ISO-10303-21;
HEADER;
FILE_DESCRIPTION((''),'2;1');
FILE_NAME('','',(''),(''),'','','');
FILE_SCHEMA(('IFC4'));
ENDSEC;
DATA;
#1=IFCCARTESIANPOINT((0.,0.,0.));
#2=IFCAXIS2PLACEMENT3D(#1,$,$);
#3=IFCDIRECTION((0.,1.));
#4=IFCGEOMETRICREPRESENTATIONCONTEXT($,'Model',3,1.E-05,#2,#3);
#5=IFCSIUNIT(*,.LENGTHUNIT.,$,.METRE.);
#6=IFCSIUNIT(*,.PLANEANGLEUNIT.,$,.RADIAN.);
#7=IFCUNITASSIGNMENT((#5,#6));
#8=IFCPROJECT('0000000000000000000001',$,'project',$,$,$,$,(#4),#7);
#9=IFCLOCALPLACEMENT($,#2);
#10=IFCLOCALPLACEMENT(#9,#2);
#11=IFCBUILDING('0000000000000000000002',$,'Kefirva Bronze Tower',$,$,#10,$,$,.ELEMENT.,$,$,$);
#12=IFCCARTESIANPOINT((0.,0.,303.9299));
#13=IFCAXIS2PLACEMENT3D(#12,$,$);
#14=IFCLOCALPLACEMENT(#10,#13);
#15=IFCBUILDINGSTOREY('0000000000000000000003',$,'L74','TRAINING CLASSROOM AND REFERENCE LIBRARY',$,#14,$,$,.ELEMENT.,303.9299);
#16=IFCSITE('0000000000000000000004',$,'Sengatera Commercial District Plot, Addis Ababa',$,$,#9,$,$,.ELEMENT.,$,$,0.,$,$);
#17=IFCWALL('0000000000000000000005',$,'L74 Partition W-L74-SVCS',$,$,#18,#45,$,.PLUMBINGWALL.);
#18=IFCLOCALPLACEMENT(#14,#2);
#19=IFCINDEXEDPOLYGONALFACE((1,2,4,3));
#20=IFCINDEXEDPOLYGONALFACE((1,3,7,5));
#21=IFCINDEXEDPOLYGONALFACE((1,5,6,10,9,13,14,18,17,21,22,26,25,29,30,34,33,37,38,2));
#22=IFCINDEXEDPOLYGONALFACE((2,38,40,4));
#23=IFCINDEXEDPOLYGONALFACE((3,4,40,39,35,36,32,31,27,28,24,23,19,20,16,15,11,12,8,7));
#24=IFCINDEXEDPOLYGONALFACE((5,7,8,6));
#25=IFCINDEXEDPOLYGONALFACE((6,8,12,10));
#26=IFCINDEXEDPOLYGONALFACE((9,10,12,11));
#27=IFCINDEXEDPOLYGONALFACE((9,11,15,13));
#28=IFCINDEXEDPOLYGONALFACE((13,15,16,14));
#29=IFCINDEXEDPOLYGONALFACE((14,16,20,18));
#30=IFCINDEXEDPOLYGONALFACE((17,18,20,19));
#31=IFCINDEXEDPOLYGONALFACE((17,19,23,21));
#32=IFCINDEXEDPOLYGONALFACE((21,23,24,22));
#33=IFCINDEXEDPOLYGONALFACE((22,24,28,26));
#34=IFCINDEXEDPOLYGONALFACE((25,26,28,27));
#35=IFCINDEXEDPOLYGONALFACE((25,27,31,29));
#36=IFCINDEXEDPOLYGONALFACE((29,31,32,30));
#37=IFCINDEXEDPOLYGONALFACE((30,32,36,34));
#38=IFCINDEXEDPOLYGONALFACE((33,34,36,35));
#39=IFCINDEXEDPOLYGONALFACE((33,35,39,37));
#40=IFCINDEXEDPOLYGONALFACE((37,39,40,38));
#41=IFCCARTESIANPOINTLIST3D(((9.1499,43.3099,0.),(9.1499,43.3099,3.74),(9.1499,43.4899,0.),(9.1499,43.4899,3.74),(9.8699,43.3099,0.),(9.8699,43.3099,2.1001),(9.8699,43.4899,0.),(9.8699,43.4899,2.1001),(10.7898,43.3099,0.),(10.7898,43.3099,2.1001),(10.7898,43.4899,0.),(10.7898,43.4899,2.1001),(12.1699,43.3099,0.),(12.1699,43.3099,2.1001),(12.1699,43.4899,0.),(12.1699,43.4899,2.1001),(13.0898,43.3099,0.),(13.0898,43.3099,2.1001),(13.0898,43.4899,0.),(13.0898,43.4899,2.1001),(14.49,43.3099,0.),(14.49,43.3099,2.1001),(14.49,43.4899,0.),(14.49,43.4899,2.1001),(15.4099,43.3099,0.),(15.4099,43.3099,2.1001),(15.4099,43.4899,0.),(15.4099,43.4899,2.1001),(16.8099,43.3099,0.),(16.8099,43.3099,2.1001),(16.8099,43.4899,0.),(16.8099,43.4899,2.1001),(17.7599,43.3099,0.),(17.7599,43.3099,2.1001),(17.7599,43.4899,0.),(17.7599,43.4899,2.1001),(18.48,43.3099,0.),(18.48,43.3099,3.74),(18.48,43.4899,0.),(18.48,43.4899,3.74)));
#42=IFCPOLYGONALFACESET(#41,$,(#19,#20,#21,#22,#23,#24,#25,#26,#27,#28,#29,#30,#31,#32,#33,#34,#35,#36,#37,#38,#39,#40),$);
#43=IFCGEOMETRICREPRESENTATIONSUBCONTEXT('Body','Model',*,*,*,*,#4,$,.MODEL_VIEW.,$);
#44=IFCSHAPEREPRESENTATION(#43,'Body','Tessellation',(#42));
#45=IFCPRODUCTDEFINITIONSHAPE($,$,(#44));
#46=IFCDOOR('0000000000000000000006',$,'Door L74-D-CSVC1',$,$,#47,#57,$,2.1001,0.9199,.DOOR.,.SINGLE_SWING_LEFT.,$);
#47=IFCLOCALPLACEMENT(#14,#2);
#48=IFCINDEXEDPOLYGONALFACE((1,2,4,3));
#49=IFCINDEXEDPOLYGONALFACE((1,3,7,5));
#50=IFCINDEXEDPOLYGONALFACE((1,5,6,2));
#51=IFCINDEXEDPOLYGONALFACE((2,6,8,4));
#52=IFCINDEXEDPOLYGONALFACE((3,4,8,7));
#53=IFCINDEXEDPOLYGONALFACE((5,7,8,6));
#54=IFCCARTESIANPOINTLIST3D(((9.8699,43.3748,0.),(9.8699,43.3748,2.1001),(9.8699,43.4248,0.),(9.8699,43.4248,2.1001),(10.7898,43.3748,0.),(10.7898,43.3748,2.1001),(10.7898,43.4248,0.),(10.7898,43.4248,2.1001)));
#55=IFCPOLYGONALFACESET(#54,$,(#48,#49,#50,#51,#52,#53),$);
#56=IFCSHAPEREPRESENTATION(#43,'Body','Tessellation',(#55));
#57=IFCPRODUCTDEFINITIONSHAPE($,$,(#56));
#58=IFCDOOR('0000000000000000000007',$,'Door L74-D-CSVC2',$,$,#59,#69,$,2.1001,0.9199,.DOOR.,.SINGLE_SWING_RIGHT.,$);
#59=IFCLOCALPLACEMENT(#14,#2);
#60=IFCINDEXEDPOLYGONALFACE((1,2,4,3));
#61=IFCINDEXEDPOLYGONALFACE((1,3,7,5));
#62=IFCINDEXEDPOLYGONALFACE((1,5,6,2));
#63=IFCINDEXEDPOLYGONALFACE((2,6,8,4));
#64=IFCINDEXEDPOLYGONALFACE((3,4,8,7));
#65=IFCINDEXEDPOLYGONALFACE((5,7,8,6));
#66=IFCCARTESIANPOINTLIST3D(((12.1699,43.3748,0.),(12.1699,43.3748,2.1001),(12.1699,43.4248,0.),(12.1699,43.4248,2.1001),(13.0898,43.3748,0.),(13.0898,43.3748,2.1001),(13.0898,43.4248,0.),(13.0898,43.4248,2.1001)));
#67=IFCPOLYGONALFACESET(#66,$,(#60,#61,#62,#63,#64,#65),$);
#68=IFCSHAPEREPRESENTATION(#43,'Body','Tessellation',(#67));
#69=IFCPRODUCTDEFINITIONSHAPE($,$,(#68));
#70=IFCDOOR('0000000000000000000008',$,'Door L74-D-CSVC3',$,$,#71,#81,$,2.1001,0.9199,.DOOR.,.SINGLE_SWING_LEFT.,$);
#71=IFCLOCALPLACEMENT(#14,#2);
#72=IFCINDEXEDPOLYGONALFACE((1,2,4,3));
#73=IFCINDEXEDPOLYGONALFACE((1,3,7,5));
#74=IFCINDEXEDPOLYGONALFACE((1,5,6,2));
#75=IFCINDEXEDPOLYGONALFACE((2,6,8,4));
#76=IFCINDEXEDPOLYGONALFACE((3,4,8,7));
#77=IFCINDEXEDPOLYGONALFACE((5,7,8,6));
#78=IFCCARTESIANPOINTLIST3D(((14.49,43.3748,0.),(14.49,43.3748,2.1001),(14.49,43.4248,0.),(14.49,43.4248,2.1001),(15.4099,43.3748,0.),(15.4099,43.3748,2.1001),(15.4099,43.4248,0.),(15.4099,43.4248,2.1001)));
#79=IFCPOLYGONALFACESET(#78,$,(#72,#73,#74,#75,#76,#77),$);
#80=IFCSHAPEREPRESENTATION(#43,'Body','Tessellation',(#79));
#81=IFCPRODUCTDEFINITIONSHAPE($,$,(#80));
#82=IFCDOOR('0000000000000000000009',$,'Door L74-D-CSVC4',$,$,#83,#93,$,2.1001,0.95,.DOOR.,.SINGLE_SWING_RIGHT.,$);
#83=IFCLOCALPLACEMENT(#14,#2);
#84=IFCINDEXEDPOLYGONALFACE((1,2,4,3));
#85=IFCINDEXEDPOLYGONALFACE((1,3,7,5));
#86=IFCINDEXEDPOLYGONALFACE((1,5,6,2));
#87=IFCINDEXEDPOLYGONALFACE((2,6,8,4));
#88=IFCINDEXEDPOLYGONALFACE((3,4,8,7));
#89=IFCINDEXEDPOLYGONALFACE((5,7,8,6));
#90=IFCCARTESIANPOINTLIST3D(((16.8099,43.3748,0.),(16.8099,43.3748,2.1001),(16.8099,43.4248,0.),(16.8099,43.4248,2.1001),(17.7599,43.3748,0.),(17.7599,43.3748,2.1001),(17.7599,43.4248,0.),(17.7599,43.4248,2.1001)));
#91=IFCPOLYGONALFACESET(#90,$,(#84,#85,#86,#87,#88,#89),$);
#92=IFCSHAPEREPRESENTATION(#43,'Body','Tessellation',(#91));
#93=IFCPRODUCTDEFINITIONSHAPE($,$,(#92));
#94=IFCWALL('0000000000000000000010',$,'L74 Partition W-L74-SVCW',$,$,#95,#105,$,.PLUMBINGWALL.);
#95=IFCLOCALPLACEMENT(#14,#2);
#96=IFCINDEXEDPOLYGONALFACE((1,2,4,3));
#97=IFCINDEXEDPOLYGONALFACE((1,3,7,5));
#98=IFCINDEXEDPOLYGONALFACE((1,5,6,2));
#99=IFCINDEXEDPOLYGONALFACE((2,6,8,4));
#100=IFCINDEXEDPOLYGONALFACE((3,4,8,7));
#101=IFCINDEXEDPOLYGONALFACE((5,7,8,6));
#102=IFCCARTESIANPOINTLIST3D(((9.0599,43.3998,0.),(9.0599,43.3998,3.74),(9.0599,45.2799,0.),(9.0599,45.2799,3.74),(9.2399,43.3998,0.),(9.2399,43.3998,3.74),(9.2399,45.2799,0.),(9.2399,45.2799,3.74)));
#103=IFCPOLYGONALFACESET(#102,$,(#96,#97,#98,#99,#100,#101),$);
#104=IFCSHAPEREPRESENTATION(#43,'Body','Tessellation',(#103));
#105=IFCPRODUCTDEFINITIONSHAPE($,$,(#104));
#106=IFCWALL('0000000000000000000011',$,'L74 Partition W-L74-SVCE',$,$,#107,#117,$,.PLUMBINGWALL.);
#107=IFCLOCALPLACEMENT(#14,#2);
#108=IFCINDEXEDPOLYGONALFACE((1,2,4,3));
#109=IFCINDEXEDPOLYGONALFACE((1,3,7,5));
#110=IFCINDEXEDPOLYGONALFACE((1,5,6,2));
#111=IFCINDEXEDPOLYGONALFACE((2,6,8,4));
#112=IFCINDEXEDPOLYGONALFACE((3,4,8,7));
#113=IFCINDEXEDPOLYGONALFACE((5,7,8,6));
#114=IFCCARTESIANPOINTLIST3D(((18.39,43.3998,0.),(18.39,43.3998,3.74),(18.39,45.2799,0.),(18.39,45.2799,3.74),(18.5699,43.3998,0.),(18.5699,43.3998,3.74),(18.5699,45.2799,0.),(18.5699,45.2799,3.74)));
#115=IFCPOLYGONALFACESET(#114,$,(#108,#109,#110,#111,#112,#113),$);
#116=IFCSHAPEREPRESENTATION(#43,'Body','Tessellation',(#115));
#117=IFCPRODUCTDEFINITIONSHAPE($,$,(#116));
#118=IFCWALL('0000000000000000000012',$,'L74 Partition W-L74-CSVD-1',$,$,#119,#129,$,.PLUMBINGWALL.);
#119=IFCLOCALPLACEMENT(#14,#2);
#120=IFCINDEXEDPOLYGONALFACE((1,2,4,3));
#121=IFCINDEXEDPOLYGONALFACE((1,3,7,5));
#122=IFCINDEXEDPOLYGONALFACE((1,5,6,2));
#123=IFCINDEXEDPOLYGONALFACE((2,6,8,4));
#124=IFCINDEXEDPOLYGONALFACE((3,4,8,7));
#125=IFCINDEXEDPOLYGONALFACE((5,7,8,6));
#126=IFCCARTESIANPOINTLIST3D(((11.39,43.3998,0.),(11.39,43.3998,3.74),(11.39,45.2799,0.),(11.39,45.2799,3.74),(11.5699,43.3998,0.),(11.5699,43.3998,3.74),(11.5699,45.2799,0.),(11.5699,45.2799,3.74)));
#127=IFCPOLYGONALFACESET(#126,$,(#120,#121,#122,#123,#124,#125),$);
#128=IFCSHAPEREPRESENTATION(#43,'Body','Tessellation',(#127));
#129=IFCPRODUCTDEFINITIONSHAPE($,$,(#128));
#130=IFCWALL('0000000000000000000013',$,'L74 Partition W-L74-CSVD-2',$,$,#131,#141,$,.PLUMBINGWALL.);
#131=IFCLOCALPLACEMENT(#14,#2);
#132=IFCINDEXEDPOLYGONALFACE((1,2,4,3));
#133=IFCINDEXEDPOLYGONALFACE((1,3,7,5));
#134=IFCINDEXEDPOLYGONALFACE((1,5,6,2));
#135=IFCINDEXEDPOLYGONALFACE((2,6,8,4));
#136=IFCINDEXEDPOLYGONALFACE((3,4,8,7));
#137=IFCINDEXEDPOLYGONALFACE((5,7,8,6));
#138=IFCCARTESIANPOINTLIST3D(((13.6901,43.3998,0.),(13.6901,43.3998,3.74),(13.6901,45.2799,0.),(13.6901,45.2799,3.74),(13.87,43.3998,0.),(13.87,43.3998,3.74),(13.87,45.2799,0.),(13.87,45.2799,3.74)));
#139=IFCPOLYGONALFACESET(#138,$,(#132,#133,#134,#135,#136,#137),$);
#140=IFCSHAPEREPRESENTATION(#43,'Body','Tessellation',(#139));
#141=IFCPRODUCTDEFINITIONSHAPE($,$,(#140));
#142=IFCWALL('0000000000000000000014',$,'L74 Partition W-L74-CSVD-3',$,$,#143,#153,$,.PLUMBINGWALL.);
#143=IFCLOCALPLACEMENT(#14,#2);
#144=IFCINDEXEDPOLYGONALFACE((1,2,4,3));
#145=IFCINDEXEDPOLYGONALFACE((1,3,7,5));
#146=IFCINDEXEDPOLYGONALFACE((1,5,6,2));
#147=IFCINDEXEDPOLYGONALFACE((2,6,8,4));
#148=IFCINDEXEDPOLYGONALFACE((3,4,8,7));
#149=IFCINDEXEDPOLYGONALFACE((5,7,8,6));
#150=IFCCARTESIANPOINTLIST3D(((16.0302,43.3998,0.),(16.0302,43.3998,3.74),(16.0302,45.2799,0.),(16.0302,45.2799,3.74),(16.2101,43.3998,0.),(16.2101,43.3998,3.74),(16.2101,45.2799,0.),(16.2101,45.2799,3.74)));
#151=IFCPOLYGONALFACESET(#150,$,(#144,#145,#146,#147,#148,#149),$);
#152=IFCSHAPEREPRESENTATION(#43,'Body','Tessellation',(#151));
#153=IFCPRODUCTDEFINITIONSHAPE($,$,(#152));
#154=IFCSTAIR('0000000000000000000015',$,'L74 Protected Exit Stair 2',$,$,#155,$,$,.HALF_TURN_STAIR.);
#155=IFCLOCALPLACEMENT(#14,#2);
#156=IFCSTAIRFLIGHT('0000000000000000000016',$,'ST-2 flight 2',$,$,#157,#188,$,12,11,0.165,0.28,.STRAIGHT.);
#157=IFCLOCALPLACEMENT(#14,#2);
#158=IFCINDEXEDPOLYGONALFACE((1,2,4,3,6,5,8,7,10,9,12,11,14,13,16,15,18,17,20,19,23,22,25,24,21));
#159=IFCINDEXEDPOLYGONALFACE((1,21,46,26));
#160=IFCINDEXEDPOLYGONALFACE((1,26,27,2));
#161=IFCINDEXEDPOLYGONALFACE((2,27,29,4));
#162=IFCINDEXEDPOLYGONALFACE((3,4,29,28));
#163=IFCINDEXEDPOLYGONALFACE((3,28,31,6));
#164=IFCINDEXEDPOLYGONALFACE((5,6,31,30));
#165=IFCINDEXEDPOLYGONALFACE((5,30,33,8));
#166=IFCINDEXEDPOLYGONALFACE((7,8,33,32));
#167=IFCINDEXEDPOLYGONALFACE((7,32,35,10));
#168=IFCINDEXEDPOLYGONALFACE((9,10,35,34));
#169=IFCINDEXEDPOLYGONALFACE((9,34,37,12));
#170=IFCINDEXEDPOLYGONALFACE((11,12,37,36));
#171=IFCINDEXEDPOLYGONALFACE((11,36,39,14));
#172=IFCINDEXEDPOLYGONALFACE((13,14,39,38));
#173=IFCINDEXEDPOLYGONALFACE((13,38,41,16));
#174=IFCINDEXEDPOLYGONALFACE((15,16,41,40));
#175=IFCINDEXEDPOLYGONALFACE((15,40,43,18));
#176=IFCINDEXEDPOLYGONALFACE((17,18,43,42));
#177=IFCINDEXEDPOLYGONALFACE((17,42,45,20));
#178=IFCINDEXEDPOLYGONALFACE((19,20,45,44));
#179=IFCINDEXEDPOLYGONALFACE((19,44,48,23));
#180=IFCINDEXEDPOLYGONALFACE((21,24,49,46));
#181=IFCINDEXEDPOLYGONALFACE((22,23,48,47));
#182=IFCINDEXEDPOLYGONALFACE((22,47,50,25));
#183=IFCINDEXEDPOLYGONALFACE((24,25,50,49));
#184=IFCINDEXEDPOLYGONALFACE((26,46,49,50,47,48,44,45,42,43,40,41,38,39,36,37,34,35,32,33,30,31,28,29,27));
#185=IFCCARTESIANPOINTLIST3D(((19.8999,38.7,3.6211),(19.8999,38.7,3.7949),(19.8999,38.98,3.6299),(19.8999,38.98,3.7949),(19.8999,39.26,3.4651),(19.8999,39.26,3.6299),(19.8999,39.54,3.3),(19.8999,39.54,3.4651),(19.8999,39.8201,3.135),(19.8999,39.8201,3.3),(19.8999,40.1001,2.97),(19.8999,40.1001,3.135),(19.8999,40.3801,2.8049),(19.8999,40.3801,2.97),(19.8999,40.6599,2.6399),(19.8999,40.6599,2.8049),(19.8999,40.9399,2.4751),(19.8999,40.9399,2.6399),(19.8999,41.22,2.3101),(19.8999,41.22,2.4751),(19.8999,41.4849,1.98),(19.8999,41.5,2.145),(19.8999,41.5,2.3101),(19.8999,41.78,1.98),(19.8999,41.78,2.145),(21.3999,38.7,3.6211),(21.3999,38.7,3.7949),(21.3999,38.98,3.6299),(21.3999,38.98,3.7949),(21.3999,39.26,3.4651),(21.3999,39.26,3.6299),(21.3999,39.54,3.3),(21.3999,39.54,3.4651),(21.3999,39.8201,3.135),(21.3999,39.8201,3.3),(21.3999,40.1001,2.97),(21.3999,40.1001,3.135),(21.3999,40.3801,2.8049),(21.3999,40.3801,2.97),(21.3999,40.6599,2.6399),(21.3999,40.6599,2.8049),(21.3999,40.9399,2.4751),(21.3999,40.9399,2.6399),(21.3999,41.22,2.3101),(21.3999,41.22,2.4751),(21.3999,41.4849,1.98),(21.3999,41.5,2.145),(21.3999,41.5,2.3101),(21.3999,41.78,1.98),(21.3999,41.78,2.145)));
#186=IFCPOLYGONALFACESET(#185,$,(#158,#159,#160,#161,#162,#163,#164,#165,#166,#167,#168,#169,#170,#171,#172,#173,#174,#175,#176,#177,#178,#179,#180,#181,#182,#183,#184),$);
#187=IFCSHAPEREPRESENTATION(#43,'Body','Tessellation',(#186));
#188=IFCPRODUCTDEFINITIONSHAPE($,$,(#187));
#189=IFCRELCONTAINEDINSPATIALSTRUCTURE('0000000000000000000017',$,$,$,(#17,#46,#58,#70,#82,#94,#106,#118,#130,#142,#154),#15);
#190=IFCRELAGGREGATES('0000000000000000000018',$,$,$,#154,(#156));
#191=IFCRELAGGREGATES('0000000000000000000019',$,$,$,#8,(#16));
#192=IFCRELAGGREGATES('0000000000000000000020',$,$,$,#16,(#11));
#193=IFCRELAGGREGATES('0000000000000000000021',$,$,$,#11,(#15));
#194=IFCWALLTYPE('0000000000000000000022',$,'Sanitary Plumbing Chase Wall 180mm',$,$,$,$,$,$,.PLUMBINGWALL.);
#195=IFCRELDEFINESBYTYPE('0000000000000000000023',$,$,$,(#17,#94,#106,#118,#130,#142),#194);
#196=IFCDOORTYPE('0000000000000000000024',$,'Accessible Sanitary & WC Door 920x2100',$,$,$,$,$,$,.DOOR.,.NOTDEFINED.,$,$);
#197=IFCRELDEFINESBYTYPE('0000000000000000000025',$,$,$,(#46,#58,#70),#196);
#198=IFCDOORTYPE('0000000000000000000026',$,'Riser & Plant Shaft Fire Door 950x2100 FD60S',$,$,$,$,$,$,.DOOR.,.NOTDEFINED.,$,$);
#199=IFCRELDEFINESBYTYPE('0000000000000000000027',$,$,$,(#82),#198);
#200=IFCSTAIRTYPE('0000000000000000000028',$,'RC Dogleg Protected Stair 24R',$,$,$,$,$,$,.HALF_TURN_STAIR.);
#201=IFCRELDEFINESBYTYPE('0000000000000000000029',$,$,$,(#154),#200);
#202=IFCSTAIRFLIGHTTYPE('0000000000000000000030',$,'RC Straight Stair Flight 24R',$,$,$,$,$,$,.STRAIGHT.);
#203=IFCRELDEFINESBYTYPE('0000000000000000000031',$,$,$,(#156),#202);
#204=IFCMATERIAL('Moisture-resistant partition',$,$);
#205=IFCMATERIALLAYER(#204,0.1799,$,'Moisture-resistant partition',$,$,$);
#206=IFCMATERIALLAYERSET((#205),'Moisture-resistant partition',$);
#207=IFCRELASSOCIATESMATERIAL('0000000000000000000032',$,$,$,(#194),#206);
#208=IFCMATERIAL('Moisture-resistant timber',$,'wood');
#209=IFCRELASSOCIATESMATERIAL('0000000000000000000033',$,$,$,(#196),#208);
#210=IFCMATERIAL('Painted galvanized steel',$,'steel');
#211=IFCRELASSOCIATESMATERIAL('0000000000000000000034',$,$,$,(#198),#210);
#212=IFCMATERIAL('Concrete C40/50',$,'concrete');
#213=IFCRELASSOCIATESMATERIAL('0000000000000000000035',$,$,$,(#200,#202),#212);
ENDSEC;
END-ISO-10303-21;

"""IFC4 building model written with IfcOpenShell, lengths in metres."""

from ifc_helpers import new_model, si_unit, direction, frame, frame_2d, origin, place, context, subcontext, project, spatial, polyline, rectangle, outline, extrude, material, layer, layer_set, type_object, element, fill, aggregate, save


model = new_model("IFC4")

# Units and contexts
model_context = context("Model", 3, precision=1e-05, world=origin(), true_north=direction((0.0, 1.0)))
body_context = subcontext(model_context, "Body", "Model", "MODEL_VIEW")
ifc_project = project(units=[si_unit("LENGTHUNIT", "METRE"), si_unit("PLANEANGLEUNIT", "RADIAN")], contexts=[model_context])

# Site, building, storey
site_placement = place(None, origin())
site = spatial("IfcSite", under=ifc_project, at=site_placement, Name="Sengatera Commercial District Plot, Addis Ababa", CompositionType="ELEMENT", RefElevation=0.0)
building_placement = place(site_placement, origin())
building = spatial("IfcBuilding", under=site, at=building_placement, Name="Kefirva Bronze Tower", CompositionType="ELEMENT")
storey_placement = place(building_placement, frame((0.0, 0.0, 303.9299)))
storey = spatial("IfcBuildingStorey", under=building, at=storey_placement, Name="L74", Description="TRAINING CLASSROOM AND REFERENCE LIBRARY", CompositionType="ELEMENT", Elevation=303.9299)

# Wall, openings, doors
ifc_material_1 = material(Name="Moisture-resistant partition")
ifc_layer_1 = layer(ifc_material_1, 0.1799, Name="Moisture-resistant partition")
ifc_layer_set_1 = layer_set([ifc_layer_1], Name="Moisture-resistant partition")
wall_type_1 = type_object("IfcWallType", Name="Sanitary Plumbing Chase Wall 180mm", PredefinedType="PLUMBINGWALL", material=ifc_layer_set_1)
wall_1_placement = place(storey_placement, frame((9.1499, 43.3999, 0.0), z_axis=(0.0, 0.0, 1.0), x_axis=(1.0, 0.0, 0.0)))
wall_1 = element("IfcWall", 1, at=wall_1_placement, inside=storey, type_object=wall_type_1, Name="L74 Partition W-L74-SVCS", PredefinedType="PLUMBINGWALL", context=body_context, shape_type="SweptSolid", body=[
    extrude(rectangle(XDim=9.3301, YDim=0.1799, at=frame_2d((4.665, 0.0))), origin(), (0.0, 0.0, 1.0), 3.74),
])
opening_1_placement = place(wall_1_placement, frame((0.72, 0.0, 0.0)))
opening_1 = element("IfcOpeningElement", 2, at=opening_1_placement, cuts=wall_1, PredefinedType="OPENING", context=body_context, shape_type="SweptSolid", body=[
    extrude(rectangle(XDim=0.9199, YDim=2.1001, at=frame_2d((0.46, 1.05))), frame((0.0, 0.1001, 0.0), z_axis=(0.0, -1.0, 0.0), x_axis=(1.0, 0.0, 0.0)), (0.0, 0.0, 1.0), 0.2),
])
opening_2_placement = place(wall_1_placement, frame((3.02, 0.0, 0.0)))
opening_2 = element("IfcOpeningElement", 3, at=opening_2_placement, cuts=wall_1, PredefinedType="OPENING", context=body_context, shape_type="SweptSolid", body=[
    extrude(rectangle(XDim=0.9199, YDim=2.1001, at=frame_2d((0.46, 1.05))), frame((0.0, 0.1001, 0.0), z_axis=(0.0, -1.0, 0.0), x_axis=(1.0, 0.0, 0.0)), (0.0, 0.0, 1.0), 0.2),
])
opening_3_placement = place(wall_1_placement, frame((5.3401, 0.0, 0.0)))
opening_3 = element("IfcOpeningElement", 4, at=opening_3_placement, cuts=wall_1, PredefinedType="OPENING", context=body_context, shape_type="SweptSolid", body=[
    extrude(rectangle(XDim=0.9199, YDim=2.1001, at=frame_2d((0.46, 1.05))), frame((0.0, 0.1001, 0.0), z_axis=(0.0, -1.0, 0.0), x_axis=(1.0, 0.0, 0.0)), (0.0, 0.0, 1.0), 0.2),
])
opening_4_placement = place(wall_1_placement, frame((7.6599, 0.0, 0.0)))
opening_4 = element("IfcOpeningElement", 5, at=opening_4_placement, cuts=wall_1, PredefinedType="OPENING", context=body_context, shape_type="SweptSolid", body=[
    extrude(rectangle(XDim=0.95, YDim=2.1001, at=frame_2d((0.4751, 1.05))), frame((0.0, 0.1001, 0.0), z_axis=(0.0, -1.0, 0.0), x_axis=(1.0, 0.0, 0.0)), (0.0, 0.0, 1.0), 0.2),
])
ifc_material_2 = material(Name="Moisture-resistant timber", Category="wood")
door_type_1 = type_object("IfcDoorType", Name="Accessible Sanitary & WC Door 920x2100", OperationType="NOTDEFINED", PredefinedType="DOOR", material=ifc_material_2)
door_1_placement = place(opening_1_placement, origin())
door_1 = element("IfcDoor", 6, at=door_1_placement, inside=storey, type_object=door_type_1, Name="Door L74-D-CSVC1", OperationType="SINGLE_SWING_LEFT", OverallHeight=2.1001, OverallWidth=0.9199, PredefinedType="DOOR", context=body_context, shape_type="SweptSolid", body=[
    extrude(rectangle(XDim=0.9199, YDim=2.1001, at=frame_2d((0.46, 1.05))), frame((0.0, 0.0249, 0.0), z_axis=(0.0, -1.0, 0.0), x_axis=(1.0, 0.0, 0.0)), (0.0, 0.0, 1.0), 0.05),
])
fill(opening_1, door_1)
door_2_placement = place(opening_2_placement, origin())
door_2 = element("IfcDoor", 7, at=door_2_placement, inside=storey, type_object=door_type_1, Name="Door L74-D-CSVC2", OperationType="SINGLE_SWING_RIGHT", OverallHeight=2.1001, OverallWidth=0.9199, PredefinedType="DOOR", context=body_context, shape_type="SweptSolid", body=[
    extrude(rectangle(XDim=0.9199, YDim=2.1001, at=frame_2d((0.46, 1.05))), frame((0.0, 0.0249, 0.0), z_axis=(0.0, -1.0, 0.0), x_axis=(1.0, 0.0, 0.0)), (0.0, 0.0, 1.0), 0.05),
])
fill(opening_2, door_2)
door_3_placement = place(opening_3_placement, origin())
door_3 = element("IfcDoor", 8, at=door_3_placement, inside=storey, type_object=door_type_1, Name="Door L74-D-CSVC3", OperationType="SINGLE_SWING_LEFT", OverallHeight=2.1001, OverallWidth=0.9199, PredefinedType="DOOR", context=body_context, shape_type="SweptSolid", body=[
    extrude(rectangle(XDim=0.9199, YDim=2.1001, at=frame_2d((0.46, 1.05))), frame((0.0, 0.0249, 0.0), z_axis=(0.0, -1.0, 0.0), x_axis=(1.0, 0.0, 0.0)), (0.0, 0.0, 1.0), 0.05),
])
fill(opening_3, door_3)
ifc_material_3 = material(Name="Painted galvanized steel", Category="steel")
door_type_2 = type_object("IfcDoorType", Name="Riser & Plant Shaft Fire Door 950x2100 FD60S", OperationType="NOTDEFINED", PredefinedType="DOOR", material=ifc_material_3)
door_4_placement = place(opening_4_placement, origin())
door_4 = element("IfcDoor", 9, at=door_4_placement, inside=storey, type_object=door_type_2, Name="Door L74-D-CSVC4", OperationType="SINGLE_SWING_RIGHT", OverallHeight=2.1001, OverallWidth=0.95, PredefinedType="DOOR", context=body_context, shape_type="SweptSolid", body=[
    extrude(rectangle(XDim=0.95, YDim=2.1001, at=frame_2d((0.4751, 1.05))), frame((0.0, 0.0249, 0.0), z_axis=(0.0, -1.0, 0.0), x_axis=(1.0, 0.0, 0.0)), (0.0, 0.0, 1.0), 0.05),
])
fill(opening_4, door_4)

# Walls
for number, where, z_axis, x_axis, name in (
    (10, (9.1499, 43.3999, 0.0), (0.0, 0.0, 1.0), (0.0, 1.0, 0.0), "L74 Partition W-L74-SVCW"),
    (11, (18.48, 43.3999, 0.0), (0.0, 0.0, 1.0), (0.0, 1.0, 0.0), "L74 Partition W-L74-SVCE"),
    (12, (11.48, 43.3999, 0.0), (0.0, 0.0, 1.0), (0.0, 1.0, 0.0), "L74 Partition W-L74-CSVD-1"),
    (13, (13.78, 43.3999, 0.0), (0.0, 0.0, 1.0), (0.0, 1.0, 0.0), "L74 Partition W-L74-CSVD-2"),
    (14, (16.1201, 43.3999, 0.0), (0.0, 0.0, 1.0), (0.0, 1.0, 0.0), "L74 Partition W-L74-CSVD-3"),
):
    element("IfcWall", number, at=place(storey_placement, frame(where, z_axis=z_axis, x_axis=x_axis)), inside=storey, type_object=wall_type_1, Name=name, PredefinedType="PLUMBINGWALL", context=body_context, shape_type="SweptSolid", body=[
        extrude(rectangle(XDim=1.8801, YDim=0.1799, at=frame_2d((0.9399, 0.0))), origin(), (0.0, 0.0, 1.0), 3.74),
    ])

# Stair, stair flight
ifc_material_4 = material(Name="Concrete C40/50", Category="concrete")
stair_type = type_object("IfcStairType", Name="RC Dogleg Protected Stair 24R", PredefinedType="HALF_TURN_STAIR", material=ifc_material_4)
stair_placement = place(storey_placement, origin())
stair = element("IfcStair", 15, at=stair_placement, inside=storey, type_object=stair_type, Name="L74 Protected Exit Stair 2", PredefinedType="HALF_TURN_STAIR")
stair_flight_type = type_object("IfcStairFlightType", Name="RC Straight Stair Flight 24R", PredefinedType="STRAIGHT", material=ifc_material_4)
stair_flight_placement = place(storey_placement, frame((20.6499, 41.78, 1.98), z_axis=(0.0, 0.0, 1.0), x_axis=(0.0, -1.0, 0.0)))
stair_flight = element("IfcStairFlight", 16, at=stair_flight_placement, type_object=stair_flight_type, Name="ST-2 flight 2", NumberOfRisers=12, NumberOfTreads=11, PredefinedType="STRAIGHT", RiserHeight=0.165, TreadLength=0.28, context=body_context, shape_type="SweptSolid", body=[
    extrude(outline(polyline([(0.0, 0.0), (0.0, 0.165), (0.28, 0.165), (0.28, 0.3301), (0.5601, 0.3301), (0.5601, 0.4951), (0.8401, 0.4951), (0.8401, 0.6599), (1.1201, 0.6599), (1.1201, 0.825), (1.3999, 0.825), (1.3999, 0.99), (1.6799, 0.99), (1.6799, 1.155), (1.96, 1.155), (1.96, 1.3201), (2.24, 1.3201), (2.24, 1.4851), (2.52, 1.4851), (2.52, 1.6499), (2.8, 1.6499), (2.8, 1.8149), (3.0801, 1.8149), (3.0801, 1.98), (3.0801, 1.6411), (0.2952, 0.0), (0.0, 0.0)])), frame((0.0, 0.75, 0.0), z_axis=(0.0, -1.0, 0.0), x_axis=(1.0, 0.0, 0.0)), (0.0, 0.0, 1.0), 1.5),
])
aggregate(stair, [stair_flight])

save(model, "model.ifc")
